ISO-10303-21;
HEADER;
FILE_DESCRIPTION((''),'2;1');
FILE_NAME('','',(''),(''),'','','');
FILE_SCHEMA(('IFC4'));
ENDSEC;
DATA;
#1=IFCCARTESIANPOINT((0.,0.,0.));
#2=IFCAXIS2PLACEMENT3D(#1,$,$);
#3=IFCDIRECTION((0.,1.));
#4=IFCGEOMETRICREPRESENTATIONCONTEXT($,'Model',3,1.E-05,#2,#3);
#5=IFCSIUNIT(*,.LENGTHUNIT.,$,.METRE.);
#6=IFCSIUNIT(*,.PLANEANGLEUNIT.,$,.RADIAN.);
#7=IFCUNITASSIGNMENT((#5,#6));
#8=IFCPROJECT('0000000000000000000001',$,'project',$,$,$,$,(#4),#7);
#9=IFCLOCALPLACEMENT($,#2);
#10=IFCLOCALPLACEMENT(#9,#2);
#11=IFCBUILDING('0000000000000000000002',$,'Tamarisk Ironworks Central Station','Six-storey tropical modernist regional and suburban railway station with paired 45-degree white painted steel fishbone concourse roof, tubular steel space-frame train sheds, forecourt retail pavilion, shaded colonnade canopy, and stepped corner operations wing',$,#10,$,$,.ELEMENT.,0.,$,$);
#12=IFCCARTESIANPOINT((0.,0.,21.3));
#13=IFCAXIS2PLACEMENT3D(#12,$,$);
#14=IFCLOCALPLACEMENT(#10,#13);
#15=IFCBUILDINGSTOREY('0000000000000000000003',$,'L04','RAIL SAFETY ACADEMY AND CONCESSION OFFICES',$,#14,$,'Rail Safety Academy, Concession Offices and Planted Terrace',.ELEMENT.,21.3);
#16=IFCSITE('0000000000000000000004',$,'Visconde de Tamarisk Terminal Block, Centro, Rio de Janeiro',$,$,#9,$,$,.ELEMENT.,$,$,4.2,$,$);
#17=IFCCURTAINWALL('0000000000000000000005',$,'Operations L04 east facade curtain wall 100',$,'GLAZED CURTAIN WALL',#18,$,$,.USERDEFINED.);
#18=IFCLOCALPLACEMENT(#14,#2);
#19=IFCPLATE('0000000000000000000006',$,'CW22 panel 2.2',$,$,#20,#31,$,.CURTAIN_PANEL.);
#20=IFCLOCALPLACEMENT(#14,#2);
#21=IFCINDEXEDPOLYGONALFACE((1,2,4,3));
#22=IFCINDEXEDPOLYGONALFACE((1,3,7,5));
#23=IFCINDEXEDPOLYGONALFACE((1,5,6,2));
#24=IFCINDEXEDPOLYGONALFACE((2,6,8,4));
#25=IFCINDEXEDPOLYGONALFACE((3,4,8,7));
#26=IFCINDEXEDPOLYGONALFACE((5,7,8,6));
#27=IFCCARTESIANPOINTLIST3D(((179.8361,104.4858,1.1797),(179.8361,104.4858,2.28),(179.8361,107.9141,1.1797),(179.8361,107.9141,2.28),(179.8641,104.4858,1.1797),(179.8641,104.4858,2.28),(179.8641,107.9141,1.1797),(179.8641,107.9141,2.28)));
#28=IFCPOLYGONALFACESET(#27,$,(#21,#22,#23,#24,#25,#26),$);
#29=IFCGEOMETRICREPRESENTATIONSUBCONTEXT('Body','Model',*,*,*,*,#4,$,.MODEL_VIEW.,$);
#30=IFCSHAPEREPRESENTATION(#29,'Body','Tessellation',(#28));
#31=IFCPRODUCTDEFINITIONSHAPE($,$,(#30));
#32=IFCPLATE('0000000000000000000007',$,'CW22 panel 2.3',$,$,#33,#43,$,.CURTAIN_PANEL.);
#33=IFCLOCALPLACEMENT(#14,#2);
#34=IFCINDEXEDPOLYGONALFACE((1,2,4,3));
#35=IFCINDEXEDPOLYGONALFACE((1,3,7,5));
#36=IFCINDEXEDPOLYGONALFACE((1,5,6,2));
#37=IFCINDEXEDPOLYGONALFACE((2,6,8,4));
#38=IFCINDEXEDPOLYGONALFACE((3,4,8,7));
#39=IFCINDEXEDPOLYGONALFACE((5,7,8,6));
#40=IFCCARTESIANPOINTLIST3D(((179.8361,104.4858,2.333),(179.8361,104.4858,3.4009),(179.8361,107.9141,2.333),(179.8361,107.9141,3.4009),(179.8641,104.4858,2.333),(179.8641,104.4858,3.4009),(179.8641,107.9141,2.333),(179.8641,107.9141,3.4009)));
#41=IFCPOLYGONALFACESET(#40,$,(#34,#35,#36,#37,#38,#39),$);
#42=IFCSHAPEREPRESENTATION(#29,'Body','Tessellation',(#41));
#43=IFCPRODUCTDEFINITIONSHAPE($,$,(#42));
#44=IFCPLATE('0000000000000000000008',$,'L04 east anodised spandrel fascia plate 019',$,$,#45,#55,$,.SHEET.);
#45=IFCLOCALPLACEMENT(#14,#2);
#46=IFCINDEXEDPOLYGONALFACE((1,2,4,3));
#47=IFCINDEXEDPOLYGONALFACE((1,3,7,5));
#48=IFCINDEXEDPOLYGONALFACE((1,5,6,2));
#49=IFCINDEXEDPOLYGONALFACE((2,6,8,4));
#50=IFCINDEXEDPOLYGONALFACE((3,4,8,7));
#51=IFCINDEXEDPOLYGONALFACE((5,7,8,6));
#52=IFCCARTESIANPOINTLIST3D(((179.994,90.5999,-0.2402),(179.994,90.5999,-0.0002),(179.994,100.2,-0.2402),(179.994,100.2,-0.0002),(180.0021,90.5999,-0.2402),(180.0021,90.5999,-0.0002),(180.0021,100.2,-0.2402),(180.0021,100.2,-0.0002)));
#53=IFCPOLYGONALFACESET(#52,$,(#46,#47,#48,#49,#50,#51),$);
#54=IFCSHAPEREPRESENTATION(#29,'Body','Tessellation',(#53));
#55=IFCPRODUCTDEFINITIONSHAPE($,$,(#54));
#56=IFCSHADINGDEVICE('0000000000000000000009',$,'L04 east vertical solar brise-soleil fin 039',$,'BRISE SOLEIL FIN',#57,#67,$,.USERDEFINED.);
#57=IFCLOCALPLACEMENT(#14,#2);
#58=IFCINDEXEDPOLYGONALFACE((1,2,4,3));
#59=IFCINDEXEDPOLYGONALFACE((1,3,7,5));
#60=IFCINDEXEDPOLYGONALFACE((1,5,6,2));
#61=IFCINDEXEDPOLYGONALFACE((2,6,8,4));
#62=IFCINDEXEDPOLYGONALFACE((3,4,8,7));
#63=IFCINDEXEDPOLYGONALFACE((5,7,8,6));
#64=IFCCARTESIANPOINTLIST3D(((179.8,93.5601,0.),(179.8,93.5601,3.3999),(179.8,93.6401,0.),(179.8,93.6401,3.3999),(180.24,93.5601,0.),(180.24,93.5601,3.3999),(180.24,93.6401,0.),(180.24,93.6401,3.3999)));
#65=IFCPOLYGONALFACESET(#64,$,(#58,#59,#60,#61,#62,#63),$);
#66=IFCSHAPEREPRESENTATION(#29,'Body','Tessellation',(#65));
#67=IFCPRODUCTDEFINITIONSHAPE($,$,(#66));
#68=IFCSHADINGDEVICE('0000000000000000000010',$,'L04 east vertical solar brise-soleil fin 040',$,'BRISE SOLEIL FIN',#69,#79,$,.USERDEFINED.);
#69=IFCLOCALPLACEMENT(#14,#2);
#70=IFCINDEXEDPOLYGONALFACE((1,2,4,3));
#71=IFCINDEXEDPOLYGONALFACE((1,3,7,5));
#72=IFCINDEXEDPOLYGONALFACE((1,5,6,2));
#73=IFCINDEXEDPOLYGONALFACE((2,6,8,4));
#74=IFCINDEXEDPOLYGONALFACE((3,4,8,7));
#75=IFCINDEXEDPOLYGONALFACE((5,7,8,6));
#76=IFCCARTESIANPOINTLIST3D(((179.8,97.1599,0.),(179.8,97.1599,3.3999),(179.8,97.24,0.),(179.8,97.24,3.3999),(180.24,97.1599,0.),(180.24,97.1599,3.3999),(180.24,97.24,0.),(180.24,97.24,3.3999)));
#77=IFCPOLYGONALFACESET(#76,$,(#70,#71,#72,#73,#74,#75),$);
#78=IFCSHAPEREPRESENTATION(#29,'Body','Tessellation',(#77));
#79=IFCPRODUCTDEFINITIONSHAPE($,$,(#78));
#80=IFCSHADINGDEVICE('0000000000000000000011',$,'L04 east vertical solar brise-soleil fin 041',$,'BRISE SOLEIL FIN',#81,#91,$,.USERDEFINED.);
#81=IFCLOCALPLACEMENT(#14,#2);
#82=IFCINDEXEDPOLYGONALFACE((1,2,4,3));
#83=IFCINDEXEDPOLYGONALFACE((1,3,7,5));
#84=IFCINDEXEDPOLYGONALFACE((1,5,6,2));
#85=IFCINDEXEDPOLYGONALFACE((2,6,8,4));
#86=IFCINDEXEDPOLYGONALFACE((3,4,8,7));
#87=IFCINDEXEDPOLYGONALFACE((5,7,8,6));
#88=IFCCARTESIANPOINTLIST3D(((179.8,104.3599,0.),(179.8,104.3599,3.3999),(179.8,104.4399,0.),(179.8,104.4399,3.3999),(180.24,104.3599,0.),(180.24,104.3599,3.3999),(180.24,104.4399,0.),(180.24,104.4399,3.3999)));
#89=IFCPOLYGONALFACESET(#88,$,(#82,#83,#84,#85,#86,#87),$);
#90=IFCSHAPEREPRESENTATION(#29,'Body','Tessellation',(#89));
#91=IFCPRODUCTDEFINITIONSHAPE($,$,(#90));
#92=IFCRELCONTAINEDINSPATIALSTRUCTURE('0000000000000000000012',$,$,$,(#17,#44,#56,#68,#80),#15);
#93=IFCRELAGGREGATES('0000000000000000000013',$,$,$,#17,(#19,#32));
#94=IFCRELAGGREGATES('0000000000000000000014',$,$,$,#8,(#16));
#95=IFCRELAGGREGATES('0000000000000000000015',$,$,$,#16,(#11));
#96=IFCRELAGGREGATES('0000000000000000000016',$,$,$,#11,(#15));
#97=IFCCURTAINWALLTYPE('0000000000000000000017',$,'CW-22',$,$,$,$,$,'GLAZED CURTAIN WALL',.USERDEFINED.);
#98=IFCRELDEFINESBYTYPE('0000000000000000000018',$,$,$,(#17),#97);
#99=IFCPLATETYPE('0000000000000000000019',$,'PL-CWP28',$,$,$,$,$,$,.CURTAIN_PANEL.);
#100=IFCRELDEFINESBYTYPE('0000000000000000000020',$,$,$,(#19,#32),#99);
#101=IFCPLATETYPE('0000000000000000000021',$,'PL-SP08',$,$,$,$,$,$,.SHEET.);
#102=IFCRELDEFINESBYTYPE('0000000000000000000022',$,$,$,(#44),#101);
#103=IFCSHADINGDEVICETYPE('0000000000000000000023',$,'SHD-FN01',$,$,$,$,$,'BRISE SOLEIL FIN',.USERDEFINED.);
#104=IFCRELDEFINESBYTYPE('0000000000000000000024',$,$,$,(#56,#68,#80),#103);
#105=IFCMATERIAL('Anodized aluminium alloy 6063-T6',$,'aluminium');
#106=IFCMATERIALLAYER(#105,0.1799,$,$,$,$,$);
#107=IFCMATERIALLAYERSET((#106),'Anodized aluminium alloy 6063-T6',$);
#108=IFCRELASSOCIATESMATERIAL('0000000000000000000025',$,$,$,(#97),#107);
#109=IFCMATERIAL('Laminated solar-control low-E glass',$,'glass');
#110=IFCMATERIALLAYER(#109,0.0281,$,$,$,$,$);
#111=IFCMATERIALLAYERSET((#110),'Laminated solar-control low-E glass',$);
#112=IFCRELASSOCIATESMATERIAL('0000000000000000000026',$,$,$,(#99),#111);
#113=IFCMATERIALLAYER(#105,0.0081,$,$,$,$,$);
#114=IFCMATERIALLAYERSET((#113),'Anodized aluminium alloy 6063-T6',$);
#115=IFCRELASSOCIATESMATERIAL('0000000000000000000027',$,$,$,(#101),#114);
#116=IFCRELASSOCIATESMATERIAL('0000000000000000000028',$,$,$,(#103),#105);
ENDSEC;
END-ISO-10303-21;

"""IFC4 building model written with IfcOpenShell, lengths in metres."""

from ifc_helpers import new_model, si_unit, direction, frame, origin, origin_2d, place, context, subcontext, project, spatial, rectangle, extrude, material, layer, layer_set, type_object, element, aggregate, save


model = new_model("IFC4")

# Units and contexts
model_context = context("Model", 3, precision=1e-05, world=origin(), true_north=direction((0.0, 1.0)))
body_context = subcontext(model_context, "Body", "Model", "MODEL_VIEW")
ifc_project = project(units=[si_unit("LENGTHUNIT", "METRE"), si_unit("PLANEANGLEUNIT", "RADIAN")], contexts=[model_context])

# Site, building, storey
site_placement = place(None, origin())
site = spatial("IfcSite", under=ifc_project, at=site_placement, Name="Visconde de Tamarisk Terminal Block, Centro, Rio de Janeiro", CompositionType="ELEMENT", RefElevation=4.2)
building_placement = place(site_placement, origin())
building = spatial("IfcBuilding", under=site, at=building_placement, Name="Tamarisk Ironworks Central Station", Description="Six-storey tropical modernist regional and suburban railway station with paired 45-degree white painted steel fishbone concourse roof, tubular steel space-frame train sheds, forecourt retail pavilion, shaded colonnade canopy, and stepped corner operations wing", CompositionType="ELEMENT", ElevationOfRefHeight=0.0)
storey_placement = place(building_placement, frame((0.0, 0.0, 21.3)))
storey = spatial("IfcBuildingStorey", under=building, at=storey_placement, Name="L04", Description="RAIL SAFETY ACADEMY AND CONCESSION OFFICES", LongName="Rail Safety Academy, Concession Offices and Planted Terrace", CompositionType="ELEMENT", Elevation=21.3)

# Shared definitions
ifc_material_1 = material(Name="Anodized aluminium alloy 6063-T6", Category="aluminium")
ifc_layer_1 = layer(ifc_material_1, 0.1799)
ifc_layer_set_1 = layer_set([ifc_layer_1], Name="Anodized aluminium alloy 6063-T6")
curtain_wall_type = type_object("IfcCurtainWallType", Name="CW-22", ElementType="GLAZED CURTAIN WALL", PredefinedType="USERDEFINED", material=ifc_layer_set_1)

# Curtain wall, plates
curtain_wall_1_placement = place(storey_placement, origin())
curtain_wall_1 = element("IfcCurtainWall", 1, at=curtain_wall_1_placement, inside=storey, type_object=curtain_wall_type, Name="Operations L04 east facade curtain wall 100", ObjectType="GLAZED CURTAIN WALL", PredefinedType="USERDEFINED")
ifc_material_2 = material(Name="Laminated solar-control low-E glass", Category="glass")
ifc_layer_2 = layer(ifc_material_2, 0.0281)
ifc_layer_set_2 = layer_set([ifc_layer_2], Name="Laminated solar-control low-E glass")
plate_type_1 = type_object("IfcPlateType", Name="PL-CWP28", PredefinedType="CURTAIN_PANEL", material=ifc_layer_set_2)
plate_1_placement = place(storey_placement, frame((179.8501, 106.2, 1.1797), z_axis=(0.0, 0.0, 1.0), x_axis=(0.0, 1.0, 0.0)))
plate_1 = element("IfcPlate", 2, at=plate_1_placement, type_object=plate_type_1, Name="CW22 panel 2.2", PredefinedType="CURTAIN_PANEL", context=body_context, shape_type="SweptSolid", body=[
    extrude(rectangle(XDim=3.4282, YDim=0.0281, at=origin_2d()), origin(), (0.0, 0.0, 1.0), 1.1003),
])
plate_2_placement = place(storey_placement, frame((179.8501, 106.2, 2.333), z_axis=(0.0, 0.0, 1.0), x_axis=(0.0, 1.0, 0.0)))
plate_2 = element("IfcPlate", 3, at=plate_2_placement, type_object=plate_type_1, Name="CW22 panel 2.3", PredefinedType="CURTAIN_PANEL", context=body_context, shape_type="SweptSolid", body=[
    extrude(rectangle(XDim=3.4282, YDim=0.0281, at=origin_2d()), origin(), (0.0, 0.0, 1.0), 1.0679),
])
aggregate(curtain_wall_1, [plate_1, plate_2])

# Plate
ifc_layer_3 = layer(ifc_material_1, 0.0081)
ifc_layer_set_3 = layer_set([ifc_layer_3], Name="Anodized aluminium alloy 6063-T6")
plate_type_2 = type_object("IfcPlateType", Name="PL-SP08", PredefinedType="SHEET", material=ifc_layer_set_3)
plate_3_placement = place(storey_placement, frame((179.998, 95.3999, -0.2402), z_axis=(0.0, 0.0, 1.0), x_axis=(1.0, 0.0, 0.0)))
element("IfcPlate", 4, at=plate_3_placement, inside=storey, type_object=plate_type_2, Name="L04 east anodised spandrel fascia plate 019", PredefinedType="SHEET", context=body_context, shape_type="SweptSolid", body=[
    extrude(rectangle(XDim=0.0081, YDim=9.6001, at=origin_2d()), origin(), (0.0, 0.0, 1.0), 0.24),
])

# Shading devices
shading_device_type = type_object("IfcShadingDeviceType", Name="SHD-FN01", ElementType="BRISE SOLEIL FIN", PredefinedType="USERDEFINED", material=ifc_material_1)
for number, where, z_axis, x_axis, name in (
    (5, (180.02, 93.6001, 0.0), (0.0, 0.0, 1.0), (1.0, 0.0, 0.0), "L04 east vertical solar brise-soleil fin 039"),
    (6, (180.02, 97.2, 0.0), (0.0, 0.0, 1.0), (1.0, 0.0, 0.0), "L04 east vertical solar brise-soleil fin 040"),
    (7, (180.02, 104.3999, 0.0), (0.0, 0.0, 1.0), (1.0, 0.0, 0.0), "L04 east vertical solar brise-soleil fin 041"),
):
    element("IfcShadingDevice", number, at=place(storey_placement, frame(where, z_axis=z_axis, x_axis=x_axis)), inside=storey, type_object=shading_device_type, Name=name, ObjectType="BRISE SOLEIL FIN", PredefinedType="USERDEFINED", context=body_context, shape_type="SweptSolid", body=[
        extrude(rectangle(XDim=0.4399, YDim=0.0801, at=origin_2d()), origin(), (0.0, 0.0, 1.0), 3.3999),
    ])

save(model, "model.ifc")
